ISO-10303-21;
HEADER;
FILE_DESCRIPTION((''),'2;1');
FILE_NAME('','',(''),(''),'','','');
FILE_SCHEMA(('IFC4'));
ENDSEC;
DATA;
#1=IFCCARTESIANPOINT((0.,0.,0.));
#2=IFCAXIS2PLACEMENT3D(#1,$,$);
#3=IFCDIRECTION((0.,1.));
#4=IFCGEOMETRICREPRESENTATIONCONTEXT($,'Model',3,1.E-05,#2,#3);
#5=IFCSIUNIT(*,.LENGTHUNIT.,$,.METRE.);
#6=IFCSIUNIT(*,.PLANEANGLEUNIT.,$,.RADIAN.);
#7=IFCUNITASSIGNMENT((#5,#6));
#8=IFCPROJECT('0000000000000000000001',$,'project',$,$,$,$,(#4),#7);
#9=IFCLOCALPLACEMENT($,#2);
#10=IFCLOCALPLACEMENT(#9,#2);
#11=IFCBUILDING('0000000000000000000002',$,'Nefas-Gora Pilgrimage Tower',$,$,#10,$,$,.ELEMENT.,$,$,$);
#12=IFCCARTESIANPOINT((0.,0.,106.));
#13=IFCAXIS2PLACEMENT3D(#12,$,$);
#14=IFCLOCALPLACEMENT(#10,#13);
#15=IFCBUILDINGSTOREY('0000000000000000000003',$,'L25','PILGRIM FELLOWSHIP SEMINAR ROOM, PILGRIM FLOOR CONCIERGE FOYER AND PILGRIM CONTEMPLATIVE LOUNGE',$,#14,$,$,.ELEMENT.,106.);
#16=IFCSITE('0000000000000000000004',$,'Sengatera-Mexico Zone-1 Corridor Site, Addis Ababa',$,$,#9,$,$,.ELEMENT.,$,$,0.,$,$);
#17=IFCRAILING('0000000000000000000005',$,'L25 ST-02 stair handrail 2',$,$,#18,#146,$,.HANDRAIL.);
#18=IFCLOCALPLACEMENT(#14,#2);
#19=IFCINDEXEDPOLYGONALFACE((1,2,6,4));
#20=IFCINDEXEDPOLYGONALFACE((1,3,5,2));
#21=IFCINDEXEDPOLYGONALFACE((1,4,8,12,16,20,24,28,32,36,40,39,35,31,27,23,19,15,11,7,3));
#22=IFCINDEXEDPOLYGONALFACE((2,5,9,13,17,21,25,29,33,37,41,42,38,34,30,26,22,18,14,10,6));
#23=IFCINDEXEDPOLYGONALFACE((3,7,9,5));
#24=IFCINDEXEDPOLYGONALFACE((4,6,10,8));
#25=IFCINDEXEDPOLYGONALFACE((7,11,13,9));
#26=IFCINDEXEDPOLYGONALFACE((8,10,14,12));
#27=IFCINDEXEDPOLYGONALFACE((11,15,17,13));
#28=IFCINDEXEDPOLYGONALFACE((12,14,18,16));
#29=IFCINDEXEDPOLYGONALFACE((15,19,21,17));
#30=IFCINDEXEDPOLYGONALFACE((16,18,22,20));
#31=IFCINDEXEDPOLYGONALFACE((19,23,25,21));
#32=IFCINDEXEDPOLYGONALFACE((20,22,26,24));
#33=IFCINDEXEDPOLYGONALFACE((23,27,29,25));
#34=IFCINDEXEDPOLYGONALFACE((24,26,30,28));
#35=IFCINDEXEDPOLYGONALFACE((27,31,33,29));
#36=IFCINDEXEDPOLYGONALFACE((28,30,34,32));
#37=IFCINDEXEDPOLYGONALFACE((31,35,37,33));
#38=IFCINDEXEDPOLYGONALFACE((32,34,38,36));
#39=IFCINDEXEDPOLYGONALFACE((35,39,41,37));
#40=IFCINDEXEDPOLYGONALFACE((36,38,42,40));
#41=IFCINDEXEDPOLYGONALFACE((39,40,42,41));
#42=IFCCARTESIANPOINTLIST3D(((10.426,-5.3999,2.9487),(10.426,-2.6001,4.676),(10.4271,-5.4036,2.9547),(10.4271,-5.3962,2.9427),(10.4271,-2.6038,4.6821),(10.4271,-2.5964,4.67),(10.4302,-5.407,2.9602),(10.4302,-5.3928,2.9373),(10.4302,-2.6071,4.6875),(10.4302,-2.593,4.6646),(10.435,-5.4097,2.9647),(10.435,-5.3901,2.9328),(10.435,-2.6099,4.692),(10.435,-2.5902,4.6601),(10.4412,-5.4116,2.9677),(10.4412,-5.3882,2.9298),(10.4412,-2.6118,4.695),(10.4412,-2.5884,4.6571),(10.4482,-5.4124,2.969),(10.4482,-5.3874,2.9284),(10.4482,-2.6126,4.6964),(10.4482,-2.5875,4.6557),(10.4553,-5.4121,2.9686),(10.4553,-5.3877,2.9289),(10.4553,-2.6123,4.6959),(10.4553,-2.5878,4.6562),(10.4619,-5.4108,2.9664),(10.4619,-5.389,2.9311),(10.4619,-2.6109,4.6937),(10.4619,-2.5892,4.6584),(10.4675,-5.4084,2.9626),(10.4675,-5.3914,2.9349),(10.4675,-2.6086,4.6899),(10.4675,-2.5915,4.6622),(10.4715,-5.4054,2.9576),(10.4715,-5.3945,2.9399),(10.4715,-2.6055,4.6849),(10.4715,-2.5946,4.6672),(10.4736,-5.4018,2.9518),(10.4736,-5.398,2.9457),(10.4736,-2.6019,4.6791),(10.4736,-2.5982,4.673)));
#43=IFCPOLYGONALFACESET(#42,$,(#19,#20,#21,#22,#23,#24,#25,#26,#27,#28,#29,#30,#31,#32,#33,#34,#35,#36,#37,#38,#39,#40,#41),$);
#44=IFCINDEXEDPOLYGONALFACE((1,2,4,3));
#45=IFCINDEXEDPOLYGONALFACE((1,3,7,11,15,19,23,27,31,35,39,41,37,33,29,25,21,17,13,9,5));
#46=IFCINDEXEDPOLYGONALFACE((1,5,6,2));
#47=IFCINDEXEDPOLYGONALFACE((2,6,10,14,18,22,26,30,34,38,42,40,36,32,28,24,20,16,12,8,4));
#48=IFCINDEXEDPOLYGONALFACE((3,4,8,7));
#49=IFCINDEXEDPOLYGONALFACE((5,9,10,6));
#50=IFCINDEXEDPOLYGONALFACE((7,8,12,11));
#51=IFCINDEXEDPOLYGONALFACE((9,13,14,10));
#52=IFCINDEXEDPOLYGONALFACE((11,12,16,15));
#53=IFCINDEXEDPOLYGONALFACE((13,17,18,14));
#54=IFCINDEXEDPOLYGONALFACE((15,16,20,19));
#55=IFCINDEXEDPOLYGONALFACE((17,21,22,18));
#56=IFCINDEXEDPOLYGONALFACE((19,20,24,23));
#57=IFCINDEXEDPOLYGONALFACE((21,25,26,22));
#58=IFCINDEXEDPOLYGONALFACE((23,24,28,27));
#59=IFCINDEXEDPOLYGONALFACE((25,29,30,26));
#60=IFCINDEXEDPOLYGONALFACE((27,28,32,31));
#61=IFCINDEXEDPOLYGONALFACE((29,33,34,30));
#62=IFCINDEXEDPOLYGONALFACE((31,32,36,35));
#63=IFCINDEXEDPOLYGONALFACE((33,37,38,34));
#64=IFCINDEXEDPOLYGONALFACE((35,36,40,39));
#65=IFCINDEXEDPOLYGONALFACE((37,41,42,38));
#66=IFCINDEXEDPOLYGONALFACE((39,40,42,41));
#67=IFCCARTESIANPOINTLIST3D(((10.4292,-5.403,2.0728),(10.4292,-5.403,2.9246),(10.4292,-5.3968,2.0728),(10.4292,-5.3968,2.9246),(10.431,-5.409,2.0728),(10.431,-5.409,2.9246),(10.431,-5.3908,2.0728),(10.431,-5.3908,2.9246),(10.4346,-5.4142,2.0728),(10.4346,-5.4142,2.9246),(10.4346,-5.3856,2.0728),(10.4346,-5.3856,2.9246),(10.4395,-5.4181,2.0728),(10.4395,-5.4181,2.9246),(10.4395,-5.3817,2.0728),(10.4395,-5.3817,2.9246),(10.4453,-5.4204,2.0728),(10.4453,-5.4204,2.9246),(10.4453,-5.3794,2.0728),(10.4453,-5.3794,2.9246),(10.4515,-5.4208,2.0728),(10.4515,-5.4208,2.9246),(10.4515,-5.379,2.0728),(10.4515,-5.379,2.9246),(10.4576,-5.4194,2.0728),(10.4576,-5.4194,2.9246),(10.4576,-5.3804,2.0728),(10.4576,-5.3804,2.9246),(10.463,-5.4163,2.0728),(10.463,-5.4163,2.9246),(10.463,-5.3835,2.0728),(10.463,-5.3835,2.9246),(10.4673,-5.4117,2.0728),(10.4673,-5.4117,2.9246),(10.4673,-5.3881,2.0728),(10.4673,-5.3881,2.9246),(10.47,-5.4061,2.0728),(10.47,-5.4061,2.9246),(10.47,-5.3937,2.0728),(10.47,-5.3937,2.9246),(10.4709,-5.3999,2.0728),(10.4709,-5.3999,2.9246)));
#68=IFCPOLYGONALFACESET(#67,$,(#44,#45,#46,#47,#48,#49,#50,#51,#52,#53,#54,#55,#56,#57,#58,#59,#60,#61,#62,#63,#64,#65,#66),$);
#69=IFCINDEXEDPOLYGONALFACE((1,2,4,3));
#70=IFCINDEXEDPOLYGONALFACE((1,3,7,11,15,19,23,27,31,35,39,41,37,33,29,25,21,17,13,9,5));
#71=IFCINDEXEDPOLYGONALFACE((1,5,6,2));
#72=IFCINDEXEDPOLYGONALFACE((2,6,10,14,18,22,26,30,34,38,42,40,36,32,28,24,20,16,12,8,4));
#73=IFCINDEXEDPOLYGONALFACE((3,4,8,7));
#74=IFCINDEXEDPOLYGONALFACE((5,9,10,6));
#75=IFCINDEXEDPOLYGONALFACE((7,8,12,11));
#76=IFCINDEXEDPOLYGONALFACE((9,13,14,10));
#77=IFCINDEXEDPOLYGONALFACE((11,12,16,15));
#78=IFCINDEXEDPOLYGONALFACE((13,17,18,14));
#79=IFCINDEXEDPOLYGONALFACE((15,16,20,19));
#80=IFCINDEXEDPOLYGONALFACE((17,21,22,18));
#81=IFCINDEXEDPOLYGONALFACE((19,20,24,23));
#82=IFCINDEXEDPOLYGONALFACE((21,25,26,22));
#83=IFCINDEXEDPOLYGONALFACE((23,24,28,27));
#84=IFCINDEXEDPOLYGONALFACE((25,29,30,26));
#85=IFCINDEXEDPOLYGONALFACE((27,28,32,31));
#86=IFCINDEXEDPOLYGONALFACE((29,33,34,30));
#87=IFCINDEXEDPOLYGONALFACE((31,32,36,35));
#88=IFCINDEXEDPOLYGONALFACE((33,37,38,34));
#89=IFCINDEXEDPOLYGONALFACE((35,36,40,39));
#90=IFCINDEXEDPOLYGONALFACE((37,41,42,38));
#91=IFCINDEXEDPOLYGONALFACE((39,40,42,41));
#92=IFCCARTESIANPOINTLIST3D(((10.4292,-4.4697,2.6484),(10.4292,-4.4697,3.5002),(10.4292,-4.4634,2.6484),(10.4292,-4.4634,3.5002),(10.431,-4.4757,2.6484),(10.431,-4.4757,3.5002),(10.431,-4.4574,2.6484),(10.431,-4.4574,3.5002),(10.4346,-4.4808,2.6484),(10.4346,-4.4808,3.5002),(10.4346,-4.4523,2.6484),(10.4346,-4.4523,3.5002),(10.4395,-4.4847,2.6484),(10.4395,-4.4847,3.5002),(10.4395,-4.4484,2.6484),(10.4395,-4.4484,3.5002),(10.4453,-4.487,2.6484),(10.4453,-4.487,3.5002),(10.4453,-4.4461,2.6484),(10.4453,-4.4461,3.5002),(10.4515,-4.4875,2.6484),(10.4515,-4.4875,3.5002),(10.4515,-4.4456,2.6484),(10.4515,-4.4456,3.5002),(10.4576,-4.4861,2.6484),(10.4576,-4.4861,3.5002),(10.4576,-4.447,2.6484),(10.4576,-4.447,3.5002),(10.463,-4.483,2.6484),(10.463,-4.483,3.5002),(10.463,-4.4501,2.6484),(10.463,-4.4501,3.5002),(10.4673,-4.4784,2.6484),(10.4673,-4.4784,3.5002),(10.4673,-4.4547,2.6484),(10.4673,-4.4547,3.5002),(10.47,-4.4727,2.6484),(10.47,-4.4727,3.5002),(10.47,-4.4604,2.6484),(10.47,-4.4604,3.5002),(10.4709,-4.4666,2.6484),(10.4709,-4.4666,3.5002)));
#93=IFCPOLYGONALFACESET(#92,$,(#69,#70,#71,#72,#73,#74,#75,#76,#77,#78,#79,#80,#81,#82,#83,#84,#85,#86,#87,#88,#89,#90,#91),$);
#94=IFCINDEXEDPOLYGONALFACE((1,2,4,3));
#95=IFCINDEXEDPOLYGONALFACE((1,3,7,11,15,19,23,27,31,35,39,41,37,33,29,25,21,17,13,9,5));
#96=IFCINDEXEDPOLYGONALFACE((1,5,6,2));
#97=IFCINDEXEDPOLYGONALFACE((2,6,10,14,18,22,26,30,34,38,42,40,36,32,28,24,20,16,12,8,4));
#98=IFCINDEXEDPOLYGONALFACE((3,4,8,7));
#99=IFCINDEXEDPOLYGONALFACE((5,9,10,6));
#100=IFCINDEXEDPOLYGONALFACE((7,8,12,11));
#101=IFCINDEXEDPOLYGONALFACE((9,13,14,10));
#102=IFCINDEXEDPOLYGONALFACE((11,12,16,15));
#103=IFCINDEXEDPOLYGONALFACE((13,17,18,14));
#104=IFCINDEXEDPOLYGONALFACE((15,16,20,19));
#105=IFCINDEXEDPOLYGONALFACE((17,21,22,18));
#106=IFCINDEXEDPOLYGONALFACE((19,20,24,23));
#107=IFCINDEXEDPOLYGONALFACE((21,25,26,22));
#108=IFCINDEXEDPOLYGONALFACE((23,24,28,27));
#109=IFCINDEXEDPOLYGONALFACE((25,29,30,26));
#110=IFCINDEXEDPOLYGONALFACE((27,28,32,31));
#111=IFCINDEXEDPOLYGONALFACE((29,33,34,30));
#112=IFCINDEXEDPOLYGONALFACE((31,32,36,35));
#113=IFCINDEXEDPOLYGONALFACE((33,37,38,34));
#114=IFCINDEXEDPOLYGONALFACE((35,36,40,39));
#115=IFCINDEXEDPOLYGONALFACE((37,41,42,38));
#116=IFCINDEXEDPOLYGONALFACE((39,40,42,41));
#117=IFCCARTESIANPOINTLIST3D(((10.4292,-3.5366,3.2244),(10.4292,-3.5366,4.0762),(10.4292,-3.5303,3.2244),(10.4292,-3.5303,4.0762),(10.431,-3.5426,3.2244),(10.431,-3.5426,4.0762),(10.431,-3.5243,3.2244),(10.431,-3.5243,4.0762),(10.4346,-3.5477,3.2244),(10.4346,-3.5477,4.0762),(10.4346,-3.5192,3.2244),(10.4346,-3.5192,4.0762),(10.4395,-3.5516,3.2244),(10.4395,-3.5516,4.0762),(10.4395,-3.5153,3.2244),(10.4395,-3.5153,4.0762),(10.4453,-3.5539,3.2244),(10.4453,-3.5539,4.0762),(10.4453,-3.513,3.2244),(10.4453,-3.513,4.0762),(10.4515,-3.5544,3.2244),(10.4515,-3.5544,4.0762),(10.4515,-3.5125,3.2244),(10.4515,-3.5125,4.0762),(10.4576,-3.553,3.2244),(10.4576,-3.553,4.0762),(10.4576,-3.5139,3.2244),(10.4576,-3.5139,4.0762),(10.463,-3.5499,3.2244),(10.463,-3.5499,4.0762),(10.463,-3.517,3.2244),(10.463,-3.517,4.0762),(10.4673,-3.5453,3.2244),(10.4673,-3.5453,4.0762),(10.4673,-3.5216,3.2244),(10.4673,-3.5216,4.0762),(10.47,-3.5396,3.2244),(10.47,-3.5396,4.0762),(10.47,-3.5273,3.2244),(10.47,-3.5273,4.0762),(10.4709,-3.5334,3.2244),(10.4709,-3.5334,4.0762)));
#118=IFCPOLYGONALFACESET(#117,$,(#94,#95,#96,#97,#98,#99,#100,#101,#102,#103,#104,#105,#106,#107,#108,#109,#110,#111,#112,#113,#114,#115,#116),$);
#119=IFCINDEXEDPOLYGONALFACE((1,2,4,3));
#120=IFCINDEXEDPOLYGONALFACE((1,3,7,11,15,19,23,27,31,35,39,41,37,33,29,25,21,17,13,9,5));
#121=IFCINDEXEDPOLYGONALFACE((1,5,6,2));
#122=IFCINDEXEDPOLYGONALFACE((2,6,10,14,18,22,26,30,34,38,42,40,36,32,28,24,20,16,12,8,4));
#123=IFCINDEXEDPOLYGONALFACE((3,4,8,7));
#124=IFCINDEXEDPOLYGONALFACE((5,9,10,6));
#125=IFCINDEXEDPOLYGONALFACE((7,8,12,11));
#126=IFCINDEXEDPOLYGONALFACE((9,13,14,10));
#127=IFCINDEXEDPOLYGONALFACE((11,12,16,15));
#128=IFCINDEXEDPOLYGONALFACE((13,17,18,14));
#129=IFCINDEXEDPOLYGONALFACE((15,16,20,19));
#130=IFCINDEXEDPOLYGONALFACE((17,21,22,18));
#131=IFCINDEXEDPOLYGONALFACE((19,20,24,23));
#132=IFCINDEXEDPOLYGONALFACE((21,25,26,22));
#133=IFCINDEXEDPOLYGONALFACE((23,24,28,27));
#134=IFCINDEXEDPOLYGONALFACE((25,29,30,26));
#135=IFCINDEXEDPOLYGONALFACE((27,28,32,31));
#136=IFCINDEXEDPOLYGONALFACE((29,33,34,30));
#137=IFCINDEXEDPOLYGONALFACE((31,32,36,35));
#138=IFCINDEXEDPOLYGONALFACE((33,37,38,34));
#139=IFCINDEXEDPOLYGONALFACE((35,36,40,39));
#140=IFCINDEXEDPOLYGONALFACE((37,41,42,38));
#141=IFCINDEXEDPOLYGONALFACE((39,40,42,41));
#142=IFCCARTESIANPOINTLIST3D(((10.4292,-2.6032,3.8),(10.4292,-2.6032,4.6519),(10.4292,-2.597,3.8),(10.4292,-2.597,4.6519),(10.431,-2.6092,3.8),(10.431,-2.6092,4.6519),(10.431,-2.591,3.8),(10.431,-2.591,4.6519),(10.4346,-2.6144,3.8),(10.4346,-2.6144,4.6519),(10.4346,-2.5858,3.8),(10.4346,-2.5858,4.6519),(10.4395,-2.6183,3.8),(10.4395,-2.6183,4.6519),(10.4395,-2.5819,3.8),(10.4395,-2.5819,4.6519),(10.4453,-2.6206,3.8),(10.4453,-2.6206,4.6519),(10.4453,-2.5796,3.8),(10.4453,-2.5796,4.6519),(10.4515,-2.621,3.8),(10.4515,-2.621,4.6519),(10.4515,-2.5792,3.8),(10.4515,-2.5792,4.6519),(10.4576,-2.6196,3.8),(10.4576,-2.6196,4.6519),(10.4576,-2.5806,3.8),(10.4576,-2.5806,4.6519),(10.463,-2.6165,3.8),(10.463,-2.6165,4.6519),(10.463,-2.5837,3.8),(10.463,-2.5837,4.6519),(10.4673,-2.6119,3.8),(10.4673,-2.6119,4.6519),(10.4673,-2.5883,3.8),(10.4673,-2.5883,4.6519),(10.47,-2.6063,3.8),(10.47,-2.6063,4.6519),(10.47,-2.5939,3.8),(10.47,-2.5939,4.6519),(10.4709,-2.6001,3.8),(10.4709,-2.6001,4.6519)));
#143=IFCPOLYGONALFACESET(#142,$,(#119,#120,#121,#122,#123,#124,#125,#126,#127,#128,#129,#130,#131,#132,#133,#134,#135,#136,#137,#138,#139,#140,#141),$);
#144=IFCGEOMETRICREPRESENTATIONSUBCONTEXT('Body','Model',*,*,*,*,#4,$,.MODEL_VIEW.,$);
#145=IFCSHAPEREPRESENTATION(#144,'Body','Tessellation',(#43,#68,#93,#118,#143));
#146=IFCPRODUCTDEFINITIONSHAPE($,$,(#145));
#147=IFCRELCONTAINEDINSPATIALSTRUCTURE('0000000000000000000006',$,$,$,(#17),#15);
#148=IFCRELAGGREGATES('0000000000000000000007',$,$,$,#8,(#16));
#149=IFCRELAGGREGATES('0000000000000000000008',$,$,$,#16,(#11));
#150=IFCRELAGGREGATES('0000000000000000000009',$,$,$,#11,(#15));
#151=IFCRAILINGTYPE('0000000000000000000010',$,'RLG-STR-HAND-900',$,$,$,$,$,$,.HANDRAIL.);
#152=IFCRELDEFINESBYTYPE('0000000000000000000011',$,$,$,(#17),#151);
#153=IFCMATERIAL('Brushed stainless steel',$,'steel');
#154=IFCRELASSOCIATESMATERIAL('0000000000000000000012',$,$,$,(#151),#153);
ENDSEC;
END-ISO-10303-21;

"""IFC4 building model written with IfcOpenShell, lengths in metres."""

from ifc_helpers import new_model, si_unit, direction, frame, origin, origin_2d, place, context, subcontext, project, spatial, circle, extrude, material, type_object, element, save


model = new_model("IFC4")

# Units and contexts
model_context = context("Model", 3, precision=1e-05, world=origin(), true_north=direction((0.0, 1.0)))
body_context = subcontext(model_context, "Body", "Model", "MODEL_VIEW")
ifc_project = project(units=[si_unit("LENGTHUNIT", "METRE"), si_unit("PLANEANGLEUNIT", "RADIAN")], contexts=[model_context])

# Site, building, storey
site_placement = place(None, origin())
site = spatial("IfcSite", under=ifc_project, at=site_placement, Name="Sengatera-Mexico Zone-1 Corridor Site, Addis Ababa", CompositionType="ELEMENT", RefElevation=0.0)
building_placement = place(site_placement, origin())
building = spatial("IfcBuilding", under=site, at=building_placement, Name="Nefas-Gora Pilgrimage Tower", CompositionType="ELEMENT")
storey_placement = place(building_placement, frame((0.0, 0.0, 106.0)))
storey = spatial("IfcBuildingStorey", under=building, at=storey_placement, Name="L25", Description="PILGRIM FELLOWSHIP SEMINAR ROOM, PILGRIM FLOOR CONCIERGE FOYER AND PILGRIM CONTEMPLATIVE LOUNGE", CompositionType="ELEMENT", Elevation=106.0)

# Railing
ifc_material_1 = material(Name="Brushed stainless steel", Category="steel")
railing_type_1 = type_object("IfcRailingType", Name="RLG-STR-HAND-900", PredefinedType="HANDRAIL", material=ifc_material_1)
railing_1_placement = place(storey_placement, frame((10.45, -5.3999, 2.0728)))
element("IfcRailing", 1, at=railing_1_placement, inside=storey, type_object=railing_type_1, Name="L25 ST-02 stair handrail 2", PredefinedType="HANDRAIL", context=body_context, shape_type="SweptSolid", body=[
    extrude(circle(Radius=0.0239, at=origin_2d()), frame((0.0, 0.0, 0.876), z_axis=(0.0, 0.851069, 0.525054), x_axis=(-1.0, 0.0, 0.0)), (0.0, 0.0, 1.0), 3.2898),
    extrude(circle(Radius=0.021, at=origin_2d()), origin(), (0.0, 0.0, 1.0), 0.8518),
    extrude(circle(Radius=0.021, at=origin_2d()), frame((0.0, 0.9333, 0.5757)), (0.0, 0.0, 1.0), 0.8518),
    extrude(circle(Radius=0.021, at=origin_2d()), frame((0.0, 1.8665, 1.1516)), (0.0, 0.0, 1.0), 0.8518),
    extrude(circle(Radius=0.021, at=origin_2d()), frame((0.0, 2.7998, 1.7273)), (0.0, 0.0, 1.0), 0.8518),
])

save(model, "model.ifc")
